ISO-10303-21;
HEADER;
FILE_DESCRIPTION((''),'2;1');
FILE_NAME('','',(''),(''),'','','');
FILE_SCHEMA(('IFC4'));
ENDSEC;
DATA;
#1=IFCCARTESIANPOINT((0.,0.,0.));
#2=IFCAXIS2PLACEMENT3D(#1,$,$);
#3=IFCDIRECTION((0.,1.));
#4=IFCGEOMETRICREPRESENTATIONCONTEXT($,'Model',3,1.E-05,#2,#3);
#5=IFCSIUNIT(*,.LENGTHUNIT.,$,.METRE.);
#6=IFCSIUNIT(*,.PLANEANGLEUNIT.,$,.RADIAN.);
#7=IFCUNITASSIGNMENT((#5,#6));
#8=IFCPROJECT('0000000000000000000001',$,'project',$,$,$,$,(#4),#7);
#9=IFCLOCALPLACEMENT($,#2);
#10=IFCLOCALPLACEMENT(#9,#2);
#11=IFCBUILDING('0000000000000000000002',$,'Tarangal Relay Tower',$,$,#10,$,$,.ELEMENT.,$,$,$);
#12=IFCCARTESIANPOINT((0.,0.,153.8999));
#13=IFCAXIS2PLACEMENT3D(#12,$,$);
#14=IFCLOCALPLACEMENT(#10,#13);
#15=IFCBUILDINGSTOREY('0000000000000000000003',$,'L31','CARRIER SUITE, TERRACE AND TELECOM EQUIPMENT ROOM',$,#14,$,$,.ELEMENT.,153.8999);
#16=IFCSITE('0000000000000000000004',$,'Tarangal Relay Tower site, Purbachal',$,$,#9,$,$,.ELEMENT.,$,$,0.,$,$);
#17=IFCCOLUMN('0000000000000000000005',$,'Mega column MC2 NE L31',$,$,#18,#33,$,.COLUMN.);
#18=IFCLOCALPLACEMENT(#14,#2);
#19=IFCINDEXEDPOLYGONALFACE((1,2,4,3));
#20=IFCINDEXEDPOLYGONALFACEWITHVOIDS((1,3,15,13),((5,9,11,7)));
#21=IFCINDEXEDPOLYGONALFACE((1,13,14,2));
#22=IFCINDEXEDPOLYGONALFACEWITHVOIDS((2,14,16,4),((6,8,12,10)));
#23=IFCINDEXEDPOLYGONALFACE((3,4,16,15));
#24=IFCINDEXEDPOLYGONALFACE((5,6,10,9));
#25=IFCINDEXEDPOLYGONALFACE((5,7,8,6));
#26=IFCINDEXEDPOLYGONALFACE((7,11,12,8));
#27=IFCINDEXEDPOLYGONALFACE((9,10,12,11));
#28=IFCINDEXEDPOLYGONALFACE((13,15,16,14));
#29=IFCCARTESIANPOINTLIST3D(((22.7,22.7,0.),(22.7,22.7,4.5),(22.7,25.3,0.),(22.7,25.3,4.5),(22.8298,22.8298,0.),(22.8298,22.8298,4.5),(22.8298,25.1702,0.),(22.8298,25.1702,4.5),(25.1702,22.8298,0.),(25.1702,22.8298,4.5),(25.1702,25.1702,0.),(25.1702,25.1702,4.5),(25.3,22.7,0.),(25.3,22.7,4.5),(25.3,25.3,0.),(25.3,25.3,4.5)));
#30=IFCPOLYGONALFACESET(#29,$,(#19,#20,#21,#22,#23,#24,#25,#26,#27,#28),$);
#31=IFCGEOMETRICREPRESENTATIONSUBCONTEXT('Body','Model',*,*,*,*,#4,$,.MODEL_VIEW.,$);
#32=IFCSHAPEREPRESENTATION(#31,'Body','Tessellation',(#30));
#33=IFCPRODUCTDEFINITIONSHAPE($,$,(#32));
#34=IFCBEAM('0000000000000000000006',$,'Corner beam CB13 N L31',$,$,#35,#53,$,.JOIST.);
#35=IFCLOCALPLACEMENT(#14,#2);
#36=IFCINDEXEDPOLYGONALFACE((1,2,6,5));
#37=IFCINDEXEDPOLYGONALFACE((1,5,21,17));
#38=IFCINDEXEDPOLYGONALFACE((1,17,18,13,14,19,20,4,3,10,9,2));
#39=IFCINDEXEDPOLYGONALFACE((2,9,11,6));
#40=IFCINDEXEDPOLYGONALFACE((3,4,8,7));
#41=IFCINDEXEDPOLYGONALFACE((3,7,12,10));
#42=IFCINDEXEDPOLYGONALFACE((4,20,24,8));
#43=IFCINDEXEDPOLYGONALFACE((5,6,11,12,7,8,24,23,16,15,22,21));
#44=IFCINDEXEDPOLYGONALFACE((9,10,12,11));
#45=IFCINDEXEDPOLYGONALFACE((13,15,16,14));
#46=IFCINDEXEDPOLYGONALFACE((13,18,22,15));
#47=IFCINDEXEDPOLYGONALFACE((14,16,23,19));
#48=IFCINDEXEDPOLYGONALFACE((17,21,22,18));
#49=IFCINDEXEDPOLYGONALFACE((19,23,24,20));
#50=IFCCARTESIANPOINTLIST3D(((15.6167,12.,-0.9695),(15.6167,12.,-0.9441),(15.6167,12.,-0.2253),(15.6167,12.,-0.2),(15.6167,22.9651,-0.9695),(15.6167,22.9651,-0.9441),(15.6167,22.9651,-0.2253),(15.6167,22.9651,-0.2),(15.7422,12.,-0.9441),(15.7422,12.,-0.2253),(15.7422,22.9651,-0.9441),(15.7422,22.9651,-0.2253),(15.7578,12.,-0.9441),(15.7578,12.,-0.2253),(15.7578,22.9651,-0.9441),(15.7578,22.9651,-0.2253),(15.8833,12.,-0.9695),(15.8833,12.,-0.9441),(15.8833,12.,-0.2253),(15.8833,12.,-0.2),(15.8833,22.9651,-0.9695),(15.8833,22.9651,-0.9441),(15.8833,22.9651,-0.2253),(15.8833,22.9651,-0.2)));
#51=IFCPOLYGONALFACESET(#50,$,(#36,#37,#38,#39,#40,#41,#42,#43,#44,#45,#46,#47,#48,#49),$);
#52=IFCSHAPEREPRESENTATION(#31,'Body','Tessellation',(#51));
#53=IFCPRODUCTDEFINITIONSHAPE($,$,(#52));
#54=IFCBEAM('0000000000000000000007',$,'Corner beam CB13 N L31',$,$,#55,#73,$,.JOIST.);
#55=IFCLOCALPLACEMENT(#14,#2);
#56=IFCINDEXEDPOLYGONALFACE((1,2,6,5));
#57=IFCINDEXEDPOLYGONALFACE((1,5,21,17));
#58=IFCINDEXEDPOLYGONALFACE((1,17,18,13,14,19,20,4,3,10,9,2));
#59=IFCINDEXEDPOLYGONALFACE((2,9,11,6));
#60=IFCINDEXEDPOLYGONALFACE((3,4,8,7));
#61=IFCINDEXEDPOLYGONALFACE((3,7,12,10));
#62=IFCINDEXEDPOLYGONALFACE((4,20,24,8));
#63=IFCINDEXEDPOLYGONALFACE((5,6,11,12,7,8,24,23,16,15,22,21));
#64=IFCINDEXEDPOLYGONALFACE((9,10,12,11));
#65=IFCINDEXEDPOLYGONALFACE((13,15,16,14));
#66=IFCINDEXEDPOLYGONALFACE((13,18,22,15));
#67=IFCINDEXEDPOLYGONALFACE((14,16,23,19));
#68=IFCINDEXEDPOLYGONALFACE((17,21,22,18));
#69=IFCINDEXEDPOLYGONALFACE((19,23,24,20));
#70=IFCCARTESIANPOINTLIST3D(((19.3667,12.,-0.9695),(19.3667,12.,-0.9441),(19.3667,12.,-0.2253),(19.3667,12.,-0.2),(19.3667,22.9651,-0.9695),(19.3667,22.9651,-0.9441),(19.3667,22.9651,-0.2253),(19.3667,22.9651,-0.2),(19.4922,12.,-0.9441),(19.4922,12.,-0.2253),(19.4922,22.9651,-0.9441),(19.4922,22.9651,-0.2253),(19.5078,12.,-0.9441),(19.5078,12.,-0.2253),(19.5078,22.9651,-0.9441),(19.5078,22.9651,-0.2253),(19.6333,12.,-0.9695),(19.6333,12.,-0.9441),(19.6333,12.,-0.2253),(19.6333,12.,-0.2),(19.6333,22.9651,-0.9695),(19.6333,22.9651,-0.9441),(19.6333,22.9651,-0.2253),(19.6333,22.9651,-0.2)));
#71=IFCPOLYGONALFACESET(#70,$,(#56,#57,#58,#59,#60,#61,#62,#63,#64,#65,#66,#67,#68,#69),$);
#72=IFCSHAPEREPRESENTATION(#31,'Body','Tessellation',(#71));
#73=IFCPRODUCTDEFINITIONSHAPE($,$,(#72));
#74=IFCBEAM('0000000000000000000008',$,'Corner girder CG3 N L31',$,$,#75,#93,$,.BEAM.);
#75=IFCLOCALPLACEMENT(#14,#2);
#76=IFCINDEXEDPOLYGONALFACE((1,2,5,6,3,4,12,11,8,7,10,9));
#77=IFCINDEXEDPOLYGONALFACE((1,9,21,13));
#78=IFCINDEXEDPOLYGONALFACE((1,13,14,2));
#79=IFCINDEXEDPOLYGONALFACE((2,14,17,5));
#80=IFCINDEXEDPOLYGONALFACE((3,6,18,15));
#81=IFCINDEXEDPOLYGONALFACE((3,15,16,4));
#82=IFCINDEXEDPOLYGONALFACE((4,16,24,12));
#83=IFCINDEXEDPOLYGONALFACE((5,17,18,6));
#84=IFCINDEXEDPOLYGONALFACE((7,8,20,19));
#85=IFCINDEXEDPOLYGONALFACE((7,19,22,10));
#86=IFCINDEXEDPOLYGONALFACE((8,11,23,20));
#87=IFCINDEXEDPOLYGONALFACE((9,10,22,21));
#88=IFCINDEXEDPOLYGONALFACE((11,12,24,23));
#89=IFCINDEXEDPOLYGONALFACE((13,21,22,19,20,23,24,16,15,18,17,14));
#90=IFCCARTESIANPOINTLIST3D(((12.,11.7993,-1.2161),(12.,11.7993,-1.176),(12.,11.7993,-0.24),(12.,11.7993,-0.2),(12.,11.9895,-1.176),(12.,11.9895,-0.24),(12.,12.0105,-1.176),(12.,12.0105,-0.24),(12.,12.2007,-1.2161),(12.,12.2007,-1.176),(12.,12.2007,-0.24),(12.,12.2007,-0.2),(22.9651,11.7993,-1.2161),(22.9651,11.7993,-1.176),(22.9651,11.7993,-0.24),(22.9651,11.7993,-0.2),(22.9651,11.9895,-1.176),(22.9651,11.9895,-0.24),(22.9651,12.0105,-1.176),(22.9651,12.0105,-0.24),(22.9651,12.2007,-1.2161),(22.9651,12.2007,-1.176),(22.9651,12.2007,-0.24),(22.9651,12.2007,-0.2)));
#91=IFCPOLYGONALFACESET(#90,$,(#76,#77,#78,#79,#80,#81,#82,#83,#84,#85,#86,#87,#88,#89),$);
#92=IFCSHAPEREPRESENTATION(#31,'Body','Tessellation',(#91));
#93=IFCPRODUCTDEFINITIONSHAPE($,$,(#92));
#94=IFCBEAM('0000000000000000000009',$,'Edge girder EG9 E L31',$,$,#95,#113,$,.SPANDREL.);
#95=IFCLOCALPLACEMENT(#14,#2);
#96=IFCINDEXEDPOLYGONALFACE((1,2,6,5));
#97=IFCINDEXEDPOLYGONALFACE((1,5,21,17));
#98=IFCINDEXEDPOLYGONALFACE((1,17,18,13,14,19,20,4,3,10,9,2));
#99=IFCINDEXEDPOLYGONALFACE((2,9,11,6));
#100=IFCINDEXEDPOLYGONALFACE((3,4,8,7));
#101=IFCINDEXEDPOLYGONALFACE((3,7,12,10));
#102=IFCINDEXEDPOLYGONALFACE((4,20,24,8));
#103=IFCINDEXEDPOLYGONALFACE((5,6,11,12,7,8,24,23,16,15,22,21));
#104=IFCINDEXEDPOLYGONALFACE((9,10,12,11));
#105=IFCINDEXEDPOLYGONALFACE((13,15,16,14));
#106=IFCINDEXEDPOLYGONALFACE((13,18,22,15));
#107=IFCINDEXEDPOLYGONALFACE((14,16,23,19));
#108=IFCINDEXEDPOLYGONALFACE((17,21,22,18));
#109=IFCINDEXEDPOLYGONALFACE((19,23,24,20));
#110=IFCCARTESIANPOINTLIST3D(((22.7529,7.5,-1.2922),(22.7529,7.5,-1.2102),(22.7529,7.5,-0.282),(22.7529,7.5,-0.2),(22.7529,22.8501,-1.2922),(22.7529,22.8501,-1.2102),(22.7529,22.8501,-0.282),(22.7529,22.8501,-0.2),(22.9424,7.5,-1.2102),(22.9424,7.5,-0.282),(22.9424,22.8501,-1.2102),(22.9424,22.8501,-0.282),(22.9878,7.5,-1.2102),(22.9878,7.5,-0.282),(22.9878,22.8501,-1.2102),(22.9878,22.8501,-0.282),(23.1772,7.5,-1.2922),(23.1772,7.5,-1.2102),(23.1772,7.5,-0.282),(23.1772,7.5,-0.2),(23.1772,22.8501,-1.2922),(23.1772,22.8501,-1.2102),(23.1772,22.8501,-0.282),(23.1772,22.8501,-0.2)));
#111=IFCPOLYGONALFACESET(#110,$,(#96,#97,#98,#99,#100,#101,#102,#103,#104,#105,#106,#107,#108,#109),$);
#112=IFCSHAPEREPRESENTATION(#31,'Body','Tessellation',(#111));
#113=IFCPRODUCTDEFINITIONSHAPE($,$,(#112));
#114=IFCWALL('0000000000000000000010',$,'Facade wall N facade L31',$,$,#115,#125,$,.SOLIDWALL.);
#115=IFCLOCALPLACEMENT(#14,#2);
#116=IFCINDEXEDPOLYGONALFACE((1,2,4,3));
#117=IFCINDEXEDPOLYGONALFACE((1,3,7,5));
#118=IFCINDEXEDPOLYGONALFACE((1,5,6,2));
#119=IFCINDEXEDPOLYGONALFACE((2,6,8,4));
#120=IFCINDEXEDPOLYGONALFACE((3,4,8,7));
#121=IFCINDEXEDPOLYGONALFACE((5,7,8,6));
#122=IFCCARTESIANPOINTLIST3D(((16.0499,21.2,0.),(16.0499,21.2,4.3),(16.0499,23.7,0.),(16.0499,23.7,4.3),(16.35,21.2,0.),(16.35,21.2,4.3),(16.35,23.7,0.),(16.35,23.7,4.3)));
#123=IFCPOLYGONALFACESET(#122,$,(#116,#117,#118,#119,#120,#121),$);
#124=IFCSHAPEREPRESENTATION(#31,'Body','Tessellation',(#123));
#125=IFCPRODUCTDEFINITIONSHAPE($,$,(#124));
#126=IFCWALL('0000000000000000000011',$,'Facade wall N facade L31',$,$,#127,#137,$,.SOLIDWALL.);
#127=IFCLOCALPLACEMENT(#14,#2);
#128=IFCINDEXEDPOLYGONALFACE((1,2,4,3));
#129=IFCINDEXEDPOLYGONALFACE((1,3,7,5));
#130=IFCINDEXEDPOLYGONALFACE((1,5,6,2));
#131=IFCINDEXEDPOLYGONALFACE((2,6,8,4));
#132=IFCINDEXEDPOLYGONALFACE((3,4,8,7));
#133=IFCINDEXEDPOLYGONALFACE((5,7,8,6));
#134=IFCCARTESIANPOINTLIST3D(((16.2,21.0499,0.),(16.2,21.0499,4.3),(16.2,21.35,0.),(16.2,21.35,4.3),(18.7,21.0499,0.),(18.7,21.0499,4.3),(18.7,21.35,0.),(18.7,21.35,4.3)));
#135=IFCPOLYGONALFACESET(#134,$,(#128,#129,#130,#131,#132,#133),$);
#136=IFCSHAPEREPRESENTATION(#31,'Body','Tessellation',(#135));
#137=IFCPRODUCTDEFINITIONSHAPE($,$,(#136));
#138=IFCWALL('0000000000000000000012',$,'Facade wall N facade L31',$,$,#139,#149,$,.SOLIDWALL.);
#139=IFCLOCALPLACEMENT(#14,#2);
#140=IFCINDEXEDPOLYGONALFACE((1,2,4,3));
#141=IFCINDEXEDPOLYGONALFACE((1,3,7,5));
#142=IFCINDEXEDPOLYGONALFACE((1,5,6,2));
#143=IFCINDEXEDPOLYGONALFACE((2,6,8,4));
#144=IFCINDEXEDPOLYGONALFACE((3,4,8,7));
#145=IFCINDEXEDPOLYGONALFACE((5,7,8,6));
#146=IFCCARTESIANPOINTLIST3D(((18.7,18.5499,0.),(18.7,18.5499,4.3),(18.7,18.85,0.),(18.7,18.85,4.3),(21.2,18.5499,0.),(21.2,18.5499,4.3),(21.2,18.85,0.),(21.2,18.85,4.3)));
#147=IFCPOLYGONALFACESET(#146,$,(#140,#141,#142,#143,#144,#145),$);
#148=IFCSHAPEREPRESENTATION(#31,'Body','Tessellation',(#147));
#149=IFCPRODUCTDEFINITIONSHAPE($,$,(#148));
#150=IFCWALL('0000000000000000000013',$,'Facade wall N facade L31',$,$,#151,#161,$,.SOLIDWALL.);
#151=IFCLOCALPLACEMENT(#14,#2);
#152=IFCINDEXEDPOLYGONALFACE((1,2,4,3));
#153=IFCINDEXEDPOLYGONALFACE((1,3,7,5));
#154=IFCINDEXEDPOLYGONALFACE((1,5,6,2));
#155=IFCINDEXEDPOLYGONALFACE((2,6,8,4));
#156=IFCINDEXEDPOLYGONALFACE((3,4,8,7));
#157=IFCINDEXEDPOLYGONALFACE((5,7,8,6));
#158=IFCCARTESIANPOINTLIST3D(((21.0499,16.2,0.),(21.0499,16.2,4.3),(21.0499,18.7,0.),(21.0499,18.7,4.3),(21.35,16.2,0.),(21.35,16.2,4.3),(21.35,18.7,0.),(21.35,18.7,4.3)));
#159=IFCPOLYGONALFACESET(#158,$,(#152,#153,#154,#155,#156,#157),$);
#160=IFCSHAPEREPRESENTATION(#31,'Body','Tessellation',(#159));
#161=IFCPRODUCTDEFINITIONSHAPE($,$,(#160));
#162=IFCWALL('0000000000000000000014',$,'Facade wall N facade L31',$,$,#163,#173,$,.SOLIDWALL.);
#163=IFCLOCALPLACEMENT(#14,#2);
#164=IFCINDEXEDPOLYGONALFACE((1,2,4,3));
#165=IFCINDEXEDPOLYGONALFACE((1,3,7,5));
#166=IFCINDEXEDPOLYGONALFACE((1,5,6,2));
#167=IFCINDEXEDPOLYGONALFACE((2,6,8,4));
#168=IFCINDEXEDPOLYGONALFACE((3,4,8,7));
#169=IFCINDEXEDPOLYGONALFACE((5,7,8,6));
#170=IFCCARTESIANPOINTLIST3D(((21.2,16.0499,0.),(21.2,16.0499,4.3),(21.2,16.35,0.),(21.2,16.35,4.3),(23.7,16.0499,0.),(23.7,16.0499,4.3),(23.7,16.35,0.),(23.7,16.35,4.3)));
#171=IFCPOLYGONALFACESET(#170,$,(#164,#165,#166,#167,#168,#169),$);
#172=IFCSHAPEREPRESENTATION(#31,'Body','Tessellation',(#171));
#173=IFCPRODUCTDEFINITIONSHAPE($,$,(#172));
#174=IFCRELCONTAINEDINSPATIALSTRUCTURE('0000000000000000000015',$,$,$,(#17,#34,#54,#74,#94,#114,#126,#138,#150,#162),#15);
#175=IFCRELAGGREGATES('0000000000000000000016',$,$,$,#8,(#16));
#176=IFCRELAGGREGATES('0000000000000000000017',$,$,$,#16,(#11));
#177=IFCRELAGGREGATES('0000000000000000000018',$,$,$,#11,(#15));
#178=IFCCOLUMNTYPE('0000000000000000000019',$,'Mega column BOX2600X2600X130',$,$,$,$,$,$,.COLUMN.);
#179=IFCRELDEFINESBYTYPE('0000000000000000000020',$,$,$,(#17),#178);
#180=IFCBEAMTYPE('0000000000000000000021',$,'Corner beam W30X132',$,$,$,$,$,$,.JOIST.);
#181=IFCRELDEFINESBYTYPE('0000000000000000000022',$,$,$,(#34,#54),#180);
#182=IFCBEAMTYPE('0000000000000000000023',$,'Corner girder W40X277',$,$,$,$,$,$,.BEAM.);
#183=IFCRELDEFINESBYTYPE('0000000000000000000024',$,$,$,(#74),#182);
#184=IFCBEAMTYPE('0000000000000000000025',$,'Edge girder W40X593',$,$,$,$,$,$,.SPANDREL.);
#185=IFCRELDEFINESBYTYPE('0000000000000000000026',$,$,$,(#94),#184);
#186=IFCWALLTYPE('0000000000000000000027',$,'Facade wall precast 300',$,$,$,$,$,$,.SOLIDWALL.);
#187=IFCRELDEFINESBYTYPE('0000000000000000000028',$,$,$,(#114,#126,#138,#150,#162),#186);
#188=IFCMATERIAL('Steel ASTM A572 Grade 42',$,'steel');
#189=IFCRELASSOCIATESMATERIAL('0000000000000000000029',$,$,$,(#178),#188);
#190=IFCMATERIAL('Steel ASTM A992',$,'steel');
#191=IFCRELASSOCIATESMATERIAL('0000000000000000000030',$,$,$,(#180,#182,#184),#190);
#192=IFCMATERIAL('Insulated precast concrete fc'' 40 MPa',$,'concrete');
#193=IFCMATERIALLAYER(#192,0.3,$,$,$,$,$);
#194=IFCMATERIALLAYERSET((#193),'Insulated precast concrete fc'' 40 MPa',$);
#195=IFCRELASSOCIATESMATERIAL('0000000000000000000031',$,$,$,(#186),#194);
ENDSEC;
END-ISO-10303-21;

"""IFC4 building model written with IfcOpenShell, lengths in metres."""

from ifc_helpers import new_model, si_unit, direction, frame, frame_2d, origin, origin_2d, place, context, subcontext, project, spatial, rectangle, hollow_rectangle, i_section, extrude, material, layer, layer_set, material_profile, profile_set, type_object, element, save


model = new_model("IFC4")

# Units and contexts
model_context = context("Model", 3, precision=1e-05, world=origin(), true_north=direction((0.0, 1.0)))
body_context = subcontext(model_context, "Body", "Model", "MODEL_VIEW")
ifc_project = project(units=[si_unit("LENGTHUNIT", "METRE"), si_unit("PLANEANGLEUNIT", "RADIAN")], contexts=[model_context])

# Site, building, storey
site_placement = place(None, origin())
site = spatial("IfcSite", under=ifc_project, at=site_placement, Name="Tarangal Relay Tower site, Purbachal", CompositionType="ELEMENT", RefElevation=0.0)
building_placement = place(site_placement, origin())
building = spatial("IfcBuilding", under=site, at=building_placement, Name="Tarangal Relay Tower", CompositionType="ELEMENT")
storey_placement = place(building_placement, frame((0.0, 0.0, 153.8999)))
storey = spatial("IfcBuildingStorey", under=building, at=storey_placement, Name="L31", Description="CARRIER SUITE, TERRACE AND TELECOM EQUIPMENT ROOM", CompositionType="ELEMENT", Elevation=153.8999)

# Column
ifc_material_1 = material(Name="Steel ASTM A572 Grade 42", Category="steel")
ifc_material_profile_1 = material_profile(ifc_material_1, hollow_rectangle(XDim=2.6001, YDim=2.6001, WallThickness=0.1299, at=origin_2d()), Name="BOX2600X2600X130")
ifc_profile_set_1 = profile_set([ifc_material_profile_1], Name="Steel ASTM A572 Grade 42")
column_type = type_object("IfcColumnType", Name="Mega column BOX2600X2600X130", PredefinedType="COLUMN", material=ifc_profile_set_1)
column_placement = place(storey_placement, frame((24.0, 24.0, 0.0), z_axis=(0.0, 0.0, 1.0), x_axis=(1.0, 0.0, 0.0)))
element("IfcColumn", 1, at=column_placement, inside=storey, type_object=column_type, Name="Mega column MC2 NE L31", PredefinedType="COLUMN", context=body_context, shape_type="SweptSolid", body=[
    extrude(hollow_rectangle(XDim=2.6001, YDim=2.6001, WallThickness=0.1299, at=origin_2d()), origin(), (0.0, 0.0, 1.0), 4.5),
])

# Beams
ifc_material_2 = material(Name="Steel ASTM A992", Category="steel")
ifc_material_profile_2 = material_profile(ifc_material_2, i_section(OverallWidth=0.2666, OverallDepth=0.7695, WebThickness=0.0156, FlangeThickness=0.0254, at=origin_2d()), Name="W30X132")
ifc_profile_set_2 = profile_set([ifc_material_profile_2], Name="Steel ASTM A992")
beam_type_1 = type_object("IfcBeamType", Name="Corner beam W30X132", PredefinedType="JOIST", material=ifc_profile_set_2)
for number, where, z_axis, x_axis, name in (
    (2, (15.75, 12.0, -0.5847), (0.0, 1.0, 0.0), (-1.0, 0.0, 0.0), "Corner beam CB13 N L31"),
    (3, (19.5, 12.0, -0.5847), (0.0, 1.0, 0.0), (-1.0, 0.0, 0.0), "Corner beam CB13 N L31"),
):
    element("IfcBeam", number, at=place(storey_placement, frame(where, z_axis=z_axis, x_axis=x_axis)), inside=storey, type_object=beam_type_1, Name=name, PredefinedType="JOIST", context=body_context, shape_type="SweptSolid", body=[
        extrude(i_section(OverallWidth=0.2666, OverallDepth=0.7695, WebThickness=0.0156, FlangeThickness=0.0254, at=origin_2d()), origin(), (0.0, 0.0, 1.0), 10.9651),
    ])
ifc_material_profile_3 = material_profile(ifc_material_2, i_section(OverallWidth=0.4014, OverallDepth=1.0161, WebThickness=0.021, FlangeThickness=0.04, at=origin_2d()), Name="W40X277")
ifc_profile_set_3 = profile_set([ifc_material_profile_3], Name="Steel ASTM A992")
beam_type_2 = type_object("IfcBeamType", Name="Corner girder W40X277", PredefinedType="BEAM", material=ifc_profile_set_3)
beam_1_placement = place(storey_placement, frame((12.0, 12.0, -0.708), z_axis=(1.0, 0.0, 0.0), x_axis=(0.0, 1.0, 0.0)))
element("IfcBeam", 4, at=beam_1_placement, inside=storey, type_object=beam_type_2, Name="Corner girder CG3 N L31", PredefinedType="BEAM", context=body_context, shape_type="SweptSolid", body=[
    extrude(i_section(OverallWidth=0.4014, OverallDepth=1.0161, WebThickness=0.021, FlangeThickness=0.04, at=origin_2d()), origin(), (0.0, 0.0, 1.0), 10.9651),
])
ifc_material_profile_4 = material_profile(ifc_material_2, i_section(OverallWidth=0.4243, OverallDepth=1.0923, WebThickness=0.0454, FlangeThickness=0.082, at=origin_2d()), Name="W40X593")
ifc_profile_set_4 = profile_set([ifc_material_profile_4], Name="Steel ASTM A992")
beam_type_3 = type_object("IfcBeamType", Name="Edge girder W40X593", PredefinedType="SPANDREL", material=ifc_profile_set_4)
beam_2_placement = place(storey_placement, frame((22.9651, 22.8501, -0.7461), z_axis=(0.0, -1.0, 0.0), x_axis=(1.0, 0.0, 0.0)))
element("IfcBeam", 5, at=beam_2_placement, inside=storey, type_object=beam_type_3, Name="Edge girder EG9 E L31", PredefinedType="SPANDREL", context=body_context, shape_type="SweptSolid", body=[
    extrude(i_section(OverallWidth=0.4243, OverallDepth=1.0923, WebThickness=0.0454, FlangeThickness=0.082, at=origin_2d()), origin(), (0.0, 0.0, 1.0), 15.3501),
])

# Walls
ifc_material_3 = material(Name="Insulated precast concrete fc' 40 MPa", Category="concrete")
ifc_layer_1 = layer(ifc_material_3, 0.3)
ifc_layer_set_1 = layer_set([ifc_layer_1], Name="Insulated precast concrete fc' 40 MPa")
wall_type_1 = type_object("IfcWallType", Name="Facade wall precast 300", PredefinedType="SOLIDWALL", material=ifc_layer_set_1)
for number, where, z_axis, x_axis, name in (
    (6, (16.2, 23.7, 0.0), (0.0, 0.0, 1.0), (0.0, -1.0, 0.0), "Facade wall N facade L31"),
    (7, (16.2, 21.2, 0.0), (0.0, 0.0, 1.0), (1.0, 0.0, 0.0), "Facade wall N facade L31"),
):
    element("IfcWall", number, at=place(storey_placement, frame(where, z_axis=z_axis, x_axis=x_axis)), inside=storey, type_object=wall_type_1, Name=name, PredefinedType="SOLIDWALL", context=body_context, shape_type="SweptSolid", body=[
        extrude(rectangle(XDim=2.5, YDim=0.3, at=frame_2d((1.25, 0.0))), origin(), (0.0, 0.0, 1.0), 4.3),
    ])

# Walls
for number, where, z_axis, x_axis, name in (
    (8, (18.7, 18.7, 0.0), (0.0, 0.0, 1.0), (1.0, 0.0, 0.0), "Facade wall N facade L31"),
    (9, (21.2, 18.7, 0.0), (0.0, 0.0, 1.0), (0.0, -1.0, 0.0), "Facade wall N facade L31"),
    (10, (21.2, 16.2, 0.0), (0.0, 0.0, 1.0), (1.0, 0.0, 0.0), "Facade wall N facade L31"),
):
    element("IfcWall", number, at=place(storey_placement, frame(where, z_axis=z_axis, x_axis=x_axis)), inside=storey, type_object=wall_type_1, Name=name, PredefinedType="SOLIDWALL", context=body_context, shape_type="SweptSolid", body=[
        extrude(rectangle(XDim=2.5, YDim=0.3, at=frame_2d((1.25, 0.0))), origin(), (0.0, 0.0, 1.0), 4.3),
    ])

save(model, "model.ifc")
